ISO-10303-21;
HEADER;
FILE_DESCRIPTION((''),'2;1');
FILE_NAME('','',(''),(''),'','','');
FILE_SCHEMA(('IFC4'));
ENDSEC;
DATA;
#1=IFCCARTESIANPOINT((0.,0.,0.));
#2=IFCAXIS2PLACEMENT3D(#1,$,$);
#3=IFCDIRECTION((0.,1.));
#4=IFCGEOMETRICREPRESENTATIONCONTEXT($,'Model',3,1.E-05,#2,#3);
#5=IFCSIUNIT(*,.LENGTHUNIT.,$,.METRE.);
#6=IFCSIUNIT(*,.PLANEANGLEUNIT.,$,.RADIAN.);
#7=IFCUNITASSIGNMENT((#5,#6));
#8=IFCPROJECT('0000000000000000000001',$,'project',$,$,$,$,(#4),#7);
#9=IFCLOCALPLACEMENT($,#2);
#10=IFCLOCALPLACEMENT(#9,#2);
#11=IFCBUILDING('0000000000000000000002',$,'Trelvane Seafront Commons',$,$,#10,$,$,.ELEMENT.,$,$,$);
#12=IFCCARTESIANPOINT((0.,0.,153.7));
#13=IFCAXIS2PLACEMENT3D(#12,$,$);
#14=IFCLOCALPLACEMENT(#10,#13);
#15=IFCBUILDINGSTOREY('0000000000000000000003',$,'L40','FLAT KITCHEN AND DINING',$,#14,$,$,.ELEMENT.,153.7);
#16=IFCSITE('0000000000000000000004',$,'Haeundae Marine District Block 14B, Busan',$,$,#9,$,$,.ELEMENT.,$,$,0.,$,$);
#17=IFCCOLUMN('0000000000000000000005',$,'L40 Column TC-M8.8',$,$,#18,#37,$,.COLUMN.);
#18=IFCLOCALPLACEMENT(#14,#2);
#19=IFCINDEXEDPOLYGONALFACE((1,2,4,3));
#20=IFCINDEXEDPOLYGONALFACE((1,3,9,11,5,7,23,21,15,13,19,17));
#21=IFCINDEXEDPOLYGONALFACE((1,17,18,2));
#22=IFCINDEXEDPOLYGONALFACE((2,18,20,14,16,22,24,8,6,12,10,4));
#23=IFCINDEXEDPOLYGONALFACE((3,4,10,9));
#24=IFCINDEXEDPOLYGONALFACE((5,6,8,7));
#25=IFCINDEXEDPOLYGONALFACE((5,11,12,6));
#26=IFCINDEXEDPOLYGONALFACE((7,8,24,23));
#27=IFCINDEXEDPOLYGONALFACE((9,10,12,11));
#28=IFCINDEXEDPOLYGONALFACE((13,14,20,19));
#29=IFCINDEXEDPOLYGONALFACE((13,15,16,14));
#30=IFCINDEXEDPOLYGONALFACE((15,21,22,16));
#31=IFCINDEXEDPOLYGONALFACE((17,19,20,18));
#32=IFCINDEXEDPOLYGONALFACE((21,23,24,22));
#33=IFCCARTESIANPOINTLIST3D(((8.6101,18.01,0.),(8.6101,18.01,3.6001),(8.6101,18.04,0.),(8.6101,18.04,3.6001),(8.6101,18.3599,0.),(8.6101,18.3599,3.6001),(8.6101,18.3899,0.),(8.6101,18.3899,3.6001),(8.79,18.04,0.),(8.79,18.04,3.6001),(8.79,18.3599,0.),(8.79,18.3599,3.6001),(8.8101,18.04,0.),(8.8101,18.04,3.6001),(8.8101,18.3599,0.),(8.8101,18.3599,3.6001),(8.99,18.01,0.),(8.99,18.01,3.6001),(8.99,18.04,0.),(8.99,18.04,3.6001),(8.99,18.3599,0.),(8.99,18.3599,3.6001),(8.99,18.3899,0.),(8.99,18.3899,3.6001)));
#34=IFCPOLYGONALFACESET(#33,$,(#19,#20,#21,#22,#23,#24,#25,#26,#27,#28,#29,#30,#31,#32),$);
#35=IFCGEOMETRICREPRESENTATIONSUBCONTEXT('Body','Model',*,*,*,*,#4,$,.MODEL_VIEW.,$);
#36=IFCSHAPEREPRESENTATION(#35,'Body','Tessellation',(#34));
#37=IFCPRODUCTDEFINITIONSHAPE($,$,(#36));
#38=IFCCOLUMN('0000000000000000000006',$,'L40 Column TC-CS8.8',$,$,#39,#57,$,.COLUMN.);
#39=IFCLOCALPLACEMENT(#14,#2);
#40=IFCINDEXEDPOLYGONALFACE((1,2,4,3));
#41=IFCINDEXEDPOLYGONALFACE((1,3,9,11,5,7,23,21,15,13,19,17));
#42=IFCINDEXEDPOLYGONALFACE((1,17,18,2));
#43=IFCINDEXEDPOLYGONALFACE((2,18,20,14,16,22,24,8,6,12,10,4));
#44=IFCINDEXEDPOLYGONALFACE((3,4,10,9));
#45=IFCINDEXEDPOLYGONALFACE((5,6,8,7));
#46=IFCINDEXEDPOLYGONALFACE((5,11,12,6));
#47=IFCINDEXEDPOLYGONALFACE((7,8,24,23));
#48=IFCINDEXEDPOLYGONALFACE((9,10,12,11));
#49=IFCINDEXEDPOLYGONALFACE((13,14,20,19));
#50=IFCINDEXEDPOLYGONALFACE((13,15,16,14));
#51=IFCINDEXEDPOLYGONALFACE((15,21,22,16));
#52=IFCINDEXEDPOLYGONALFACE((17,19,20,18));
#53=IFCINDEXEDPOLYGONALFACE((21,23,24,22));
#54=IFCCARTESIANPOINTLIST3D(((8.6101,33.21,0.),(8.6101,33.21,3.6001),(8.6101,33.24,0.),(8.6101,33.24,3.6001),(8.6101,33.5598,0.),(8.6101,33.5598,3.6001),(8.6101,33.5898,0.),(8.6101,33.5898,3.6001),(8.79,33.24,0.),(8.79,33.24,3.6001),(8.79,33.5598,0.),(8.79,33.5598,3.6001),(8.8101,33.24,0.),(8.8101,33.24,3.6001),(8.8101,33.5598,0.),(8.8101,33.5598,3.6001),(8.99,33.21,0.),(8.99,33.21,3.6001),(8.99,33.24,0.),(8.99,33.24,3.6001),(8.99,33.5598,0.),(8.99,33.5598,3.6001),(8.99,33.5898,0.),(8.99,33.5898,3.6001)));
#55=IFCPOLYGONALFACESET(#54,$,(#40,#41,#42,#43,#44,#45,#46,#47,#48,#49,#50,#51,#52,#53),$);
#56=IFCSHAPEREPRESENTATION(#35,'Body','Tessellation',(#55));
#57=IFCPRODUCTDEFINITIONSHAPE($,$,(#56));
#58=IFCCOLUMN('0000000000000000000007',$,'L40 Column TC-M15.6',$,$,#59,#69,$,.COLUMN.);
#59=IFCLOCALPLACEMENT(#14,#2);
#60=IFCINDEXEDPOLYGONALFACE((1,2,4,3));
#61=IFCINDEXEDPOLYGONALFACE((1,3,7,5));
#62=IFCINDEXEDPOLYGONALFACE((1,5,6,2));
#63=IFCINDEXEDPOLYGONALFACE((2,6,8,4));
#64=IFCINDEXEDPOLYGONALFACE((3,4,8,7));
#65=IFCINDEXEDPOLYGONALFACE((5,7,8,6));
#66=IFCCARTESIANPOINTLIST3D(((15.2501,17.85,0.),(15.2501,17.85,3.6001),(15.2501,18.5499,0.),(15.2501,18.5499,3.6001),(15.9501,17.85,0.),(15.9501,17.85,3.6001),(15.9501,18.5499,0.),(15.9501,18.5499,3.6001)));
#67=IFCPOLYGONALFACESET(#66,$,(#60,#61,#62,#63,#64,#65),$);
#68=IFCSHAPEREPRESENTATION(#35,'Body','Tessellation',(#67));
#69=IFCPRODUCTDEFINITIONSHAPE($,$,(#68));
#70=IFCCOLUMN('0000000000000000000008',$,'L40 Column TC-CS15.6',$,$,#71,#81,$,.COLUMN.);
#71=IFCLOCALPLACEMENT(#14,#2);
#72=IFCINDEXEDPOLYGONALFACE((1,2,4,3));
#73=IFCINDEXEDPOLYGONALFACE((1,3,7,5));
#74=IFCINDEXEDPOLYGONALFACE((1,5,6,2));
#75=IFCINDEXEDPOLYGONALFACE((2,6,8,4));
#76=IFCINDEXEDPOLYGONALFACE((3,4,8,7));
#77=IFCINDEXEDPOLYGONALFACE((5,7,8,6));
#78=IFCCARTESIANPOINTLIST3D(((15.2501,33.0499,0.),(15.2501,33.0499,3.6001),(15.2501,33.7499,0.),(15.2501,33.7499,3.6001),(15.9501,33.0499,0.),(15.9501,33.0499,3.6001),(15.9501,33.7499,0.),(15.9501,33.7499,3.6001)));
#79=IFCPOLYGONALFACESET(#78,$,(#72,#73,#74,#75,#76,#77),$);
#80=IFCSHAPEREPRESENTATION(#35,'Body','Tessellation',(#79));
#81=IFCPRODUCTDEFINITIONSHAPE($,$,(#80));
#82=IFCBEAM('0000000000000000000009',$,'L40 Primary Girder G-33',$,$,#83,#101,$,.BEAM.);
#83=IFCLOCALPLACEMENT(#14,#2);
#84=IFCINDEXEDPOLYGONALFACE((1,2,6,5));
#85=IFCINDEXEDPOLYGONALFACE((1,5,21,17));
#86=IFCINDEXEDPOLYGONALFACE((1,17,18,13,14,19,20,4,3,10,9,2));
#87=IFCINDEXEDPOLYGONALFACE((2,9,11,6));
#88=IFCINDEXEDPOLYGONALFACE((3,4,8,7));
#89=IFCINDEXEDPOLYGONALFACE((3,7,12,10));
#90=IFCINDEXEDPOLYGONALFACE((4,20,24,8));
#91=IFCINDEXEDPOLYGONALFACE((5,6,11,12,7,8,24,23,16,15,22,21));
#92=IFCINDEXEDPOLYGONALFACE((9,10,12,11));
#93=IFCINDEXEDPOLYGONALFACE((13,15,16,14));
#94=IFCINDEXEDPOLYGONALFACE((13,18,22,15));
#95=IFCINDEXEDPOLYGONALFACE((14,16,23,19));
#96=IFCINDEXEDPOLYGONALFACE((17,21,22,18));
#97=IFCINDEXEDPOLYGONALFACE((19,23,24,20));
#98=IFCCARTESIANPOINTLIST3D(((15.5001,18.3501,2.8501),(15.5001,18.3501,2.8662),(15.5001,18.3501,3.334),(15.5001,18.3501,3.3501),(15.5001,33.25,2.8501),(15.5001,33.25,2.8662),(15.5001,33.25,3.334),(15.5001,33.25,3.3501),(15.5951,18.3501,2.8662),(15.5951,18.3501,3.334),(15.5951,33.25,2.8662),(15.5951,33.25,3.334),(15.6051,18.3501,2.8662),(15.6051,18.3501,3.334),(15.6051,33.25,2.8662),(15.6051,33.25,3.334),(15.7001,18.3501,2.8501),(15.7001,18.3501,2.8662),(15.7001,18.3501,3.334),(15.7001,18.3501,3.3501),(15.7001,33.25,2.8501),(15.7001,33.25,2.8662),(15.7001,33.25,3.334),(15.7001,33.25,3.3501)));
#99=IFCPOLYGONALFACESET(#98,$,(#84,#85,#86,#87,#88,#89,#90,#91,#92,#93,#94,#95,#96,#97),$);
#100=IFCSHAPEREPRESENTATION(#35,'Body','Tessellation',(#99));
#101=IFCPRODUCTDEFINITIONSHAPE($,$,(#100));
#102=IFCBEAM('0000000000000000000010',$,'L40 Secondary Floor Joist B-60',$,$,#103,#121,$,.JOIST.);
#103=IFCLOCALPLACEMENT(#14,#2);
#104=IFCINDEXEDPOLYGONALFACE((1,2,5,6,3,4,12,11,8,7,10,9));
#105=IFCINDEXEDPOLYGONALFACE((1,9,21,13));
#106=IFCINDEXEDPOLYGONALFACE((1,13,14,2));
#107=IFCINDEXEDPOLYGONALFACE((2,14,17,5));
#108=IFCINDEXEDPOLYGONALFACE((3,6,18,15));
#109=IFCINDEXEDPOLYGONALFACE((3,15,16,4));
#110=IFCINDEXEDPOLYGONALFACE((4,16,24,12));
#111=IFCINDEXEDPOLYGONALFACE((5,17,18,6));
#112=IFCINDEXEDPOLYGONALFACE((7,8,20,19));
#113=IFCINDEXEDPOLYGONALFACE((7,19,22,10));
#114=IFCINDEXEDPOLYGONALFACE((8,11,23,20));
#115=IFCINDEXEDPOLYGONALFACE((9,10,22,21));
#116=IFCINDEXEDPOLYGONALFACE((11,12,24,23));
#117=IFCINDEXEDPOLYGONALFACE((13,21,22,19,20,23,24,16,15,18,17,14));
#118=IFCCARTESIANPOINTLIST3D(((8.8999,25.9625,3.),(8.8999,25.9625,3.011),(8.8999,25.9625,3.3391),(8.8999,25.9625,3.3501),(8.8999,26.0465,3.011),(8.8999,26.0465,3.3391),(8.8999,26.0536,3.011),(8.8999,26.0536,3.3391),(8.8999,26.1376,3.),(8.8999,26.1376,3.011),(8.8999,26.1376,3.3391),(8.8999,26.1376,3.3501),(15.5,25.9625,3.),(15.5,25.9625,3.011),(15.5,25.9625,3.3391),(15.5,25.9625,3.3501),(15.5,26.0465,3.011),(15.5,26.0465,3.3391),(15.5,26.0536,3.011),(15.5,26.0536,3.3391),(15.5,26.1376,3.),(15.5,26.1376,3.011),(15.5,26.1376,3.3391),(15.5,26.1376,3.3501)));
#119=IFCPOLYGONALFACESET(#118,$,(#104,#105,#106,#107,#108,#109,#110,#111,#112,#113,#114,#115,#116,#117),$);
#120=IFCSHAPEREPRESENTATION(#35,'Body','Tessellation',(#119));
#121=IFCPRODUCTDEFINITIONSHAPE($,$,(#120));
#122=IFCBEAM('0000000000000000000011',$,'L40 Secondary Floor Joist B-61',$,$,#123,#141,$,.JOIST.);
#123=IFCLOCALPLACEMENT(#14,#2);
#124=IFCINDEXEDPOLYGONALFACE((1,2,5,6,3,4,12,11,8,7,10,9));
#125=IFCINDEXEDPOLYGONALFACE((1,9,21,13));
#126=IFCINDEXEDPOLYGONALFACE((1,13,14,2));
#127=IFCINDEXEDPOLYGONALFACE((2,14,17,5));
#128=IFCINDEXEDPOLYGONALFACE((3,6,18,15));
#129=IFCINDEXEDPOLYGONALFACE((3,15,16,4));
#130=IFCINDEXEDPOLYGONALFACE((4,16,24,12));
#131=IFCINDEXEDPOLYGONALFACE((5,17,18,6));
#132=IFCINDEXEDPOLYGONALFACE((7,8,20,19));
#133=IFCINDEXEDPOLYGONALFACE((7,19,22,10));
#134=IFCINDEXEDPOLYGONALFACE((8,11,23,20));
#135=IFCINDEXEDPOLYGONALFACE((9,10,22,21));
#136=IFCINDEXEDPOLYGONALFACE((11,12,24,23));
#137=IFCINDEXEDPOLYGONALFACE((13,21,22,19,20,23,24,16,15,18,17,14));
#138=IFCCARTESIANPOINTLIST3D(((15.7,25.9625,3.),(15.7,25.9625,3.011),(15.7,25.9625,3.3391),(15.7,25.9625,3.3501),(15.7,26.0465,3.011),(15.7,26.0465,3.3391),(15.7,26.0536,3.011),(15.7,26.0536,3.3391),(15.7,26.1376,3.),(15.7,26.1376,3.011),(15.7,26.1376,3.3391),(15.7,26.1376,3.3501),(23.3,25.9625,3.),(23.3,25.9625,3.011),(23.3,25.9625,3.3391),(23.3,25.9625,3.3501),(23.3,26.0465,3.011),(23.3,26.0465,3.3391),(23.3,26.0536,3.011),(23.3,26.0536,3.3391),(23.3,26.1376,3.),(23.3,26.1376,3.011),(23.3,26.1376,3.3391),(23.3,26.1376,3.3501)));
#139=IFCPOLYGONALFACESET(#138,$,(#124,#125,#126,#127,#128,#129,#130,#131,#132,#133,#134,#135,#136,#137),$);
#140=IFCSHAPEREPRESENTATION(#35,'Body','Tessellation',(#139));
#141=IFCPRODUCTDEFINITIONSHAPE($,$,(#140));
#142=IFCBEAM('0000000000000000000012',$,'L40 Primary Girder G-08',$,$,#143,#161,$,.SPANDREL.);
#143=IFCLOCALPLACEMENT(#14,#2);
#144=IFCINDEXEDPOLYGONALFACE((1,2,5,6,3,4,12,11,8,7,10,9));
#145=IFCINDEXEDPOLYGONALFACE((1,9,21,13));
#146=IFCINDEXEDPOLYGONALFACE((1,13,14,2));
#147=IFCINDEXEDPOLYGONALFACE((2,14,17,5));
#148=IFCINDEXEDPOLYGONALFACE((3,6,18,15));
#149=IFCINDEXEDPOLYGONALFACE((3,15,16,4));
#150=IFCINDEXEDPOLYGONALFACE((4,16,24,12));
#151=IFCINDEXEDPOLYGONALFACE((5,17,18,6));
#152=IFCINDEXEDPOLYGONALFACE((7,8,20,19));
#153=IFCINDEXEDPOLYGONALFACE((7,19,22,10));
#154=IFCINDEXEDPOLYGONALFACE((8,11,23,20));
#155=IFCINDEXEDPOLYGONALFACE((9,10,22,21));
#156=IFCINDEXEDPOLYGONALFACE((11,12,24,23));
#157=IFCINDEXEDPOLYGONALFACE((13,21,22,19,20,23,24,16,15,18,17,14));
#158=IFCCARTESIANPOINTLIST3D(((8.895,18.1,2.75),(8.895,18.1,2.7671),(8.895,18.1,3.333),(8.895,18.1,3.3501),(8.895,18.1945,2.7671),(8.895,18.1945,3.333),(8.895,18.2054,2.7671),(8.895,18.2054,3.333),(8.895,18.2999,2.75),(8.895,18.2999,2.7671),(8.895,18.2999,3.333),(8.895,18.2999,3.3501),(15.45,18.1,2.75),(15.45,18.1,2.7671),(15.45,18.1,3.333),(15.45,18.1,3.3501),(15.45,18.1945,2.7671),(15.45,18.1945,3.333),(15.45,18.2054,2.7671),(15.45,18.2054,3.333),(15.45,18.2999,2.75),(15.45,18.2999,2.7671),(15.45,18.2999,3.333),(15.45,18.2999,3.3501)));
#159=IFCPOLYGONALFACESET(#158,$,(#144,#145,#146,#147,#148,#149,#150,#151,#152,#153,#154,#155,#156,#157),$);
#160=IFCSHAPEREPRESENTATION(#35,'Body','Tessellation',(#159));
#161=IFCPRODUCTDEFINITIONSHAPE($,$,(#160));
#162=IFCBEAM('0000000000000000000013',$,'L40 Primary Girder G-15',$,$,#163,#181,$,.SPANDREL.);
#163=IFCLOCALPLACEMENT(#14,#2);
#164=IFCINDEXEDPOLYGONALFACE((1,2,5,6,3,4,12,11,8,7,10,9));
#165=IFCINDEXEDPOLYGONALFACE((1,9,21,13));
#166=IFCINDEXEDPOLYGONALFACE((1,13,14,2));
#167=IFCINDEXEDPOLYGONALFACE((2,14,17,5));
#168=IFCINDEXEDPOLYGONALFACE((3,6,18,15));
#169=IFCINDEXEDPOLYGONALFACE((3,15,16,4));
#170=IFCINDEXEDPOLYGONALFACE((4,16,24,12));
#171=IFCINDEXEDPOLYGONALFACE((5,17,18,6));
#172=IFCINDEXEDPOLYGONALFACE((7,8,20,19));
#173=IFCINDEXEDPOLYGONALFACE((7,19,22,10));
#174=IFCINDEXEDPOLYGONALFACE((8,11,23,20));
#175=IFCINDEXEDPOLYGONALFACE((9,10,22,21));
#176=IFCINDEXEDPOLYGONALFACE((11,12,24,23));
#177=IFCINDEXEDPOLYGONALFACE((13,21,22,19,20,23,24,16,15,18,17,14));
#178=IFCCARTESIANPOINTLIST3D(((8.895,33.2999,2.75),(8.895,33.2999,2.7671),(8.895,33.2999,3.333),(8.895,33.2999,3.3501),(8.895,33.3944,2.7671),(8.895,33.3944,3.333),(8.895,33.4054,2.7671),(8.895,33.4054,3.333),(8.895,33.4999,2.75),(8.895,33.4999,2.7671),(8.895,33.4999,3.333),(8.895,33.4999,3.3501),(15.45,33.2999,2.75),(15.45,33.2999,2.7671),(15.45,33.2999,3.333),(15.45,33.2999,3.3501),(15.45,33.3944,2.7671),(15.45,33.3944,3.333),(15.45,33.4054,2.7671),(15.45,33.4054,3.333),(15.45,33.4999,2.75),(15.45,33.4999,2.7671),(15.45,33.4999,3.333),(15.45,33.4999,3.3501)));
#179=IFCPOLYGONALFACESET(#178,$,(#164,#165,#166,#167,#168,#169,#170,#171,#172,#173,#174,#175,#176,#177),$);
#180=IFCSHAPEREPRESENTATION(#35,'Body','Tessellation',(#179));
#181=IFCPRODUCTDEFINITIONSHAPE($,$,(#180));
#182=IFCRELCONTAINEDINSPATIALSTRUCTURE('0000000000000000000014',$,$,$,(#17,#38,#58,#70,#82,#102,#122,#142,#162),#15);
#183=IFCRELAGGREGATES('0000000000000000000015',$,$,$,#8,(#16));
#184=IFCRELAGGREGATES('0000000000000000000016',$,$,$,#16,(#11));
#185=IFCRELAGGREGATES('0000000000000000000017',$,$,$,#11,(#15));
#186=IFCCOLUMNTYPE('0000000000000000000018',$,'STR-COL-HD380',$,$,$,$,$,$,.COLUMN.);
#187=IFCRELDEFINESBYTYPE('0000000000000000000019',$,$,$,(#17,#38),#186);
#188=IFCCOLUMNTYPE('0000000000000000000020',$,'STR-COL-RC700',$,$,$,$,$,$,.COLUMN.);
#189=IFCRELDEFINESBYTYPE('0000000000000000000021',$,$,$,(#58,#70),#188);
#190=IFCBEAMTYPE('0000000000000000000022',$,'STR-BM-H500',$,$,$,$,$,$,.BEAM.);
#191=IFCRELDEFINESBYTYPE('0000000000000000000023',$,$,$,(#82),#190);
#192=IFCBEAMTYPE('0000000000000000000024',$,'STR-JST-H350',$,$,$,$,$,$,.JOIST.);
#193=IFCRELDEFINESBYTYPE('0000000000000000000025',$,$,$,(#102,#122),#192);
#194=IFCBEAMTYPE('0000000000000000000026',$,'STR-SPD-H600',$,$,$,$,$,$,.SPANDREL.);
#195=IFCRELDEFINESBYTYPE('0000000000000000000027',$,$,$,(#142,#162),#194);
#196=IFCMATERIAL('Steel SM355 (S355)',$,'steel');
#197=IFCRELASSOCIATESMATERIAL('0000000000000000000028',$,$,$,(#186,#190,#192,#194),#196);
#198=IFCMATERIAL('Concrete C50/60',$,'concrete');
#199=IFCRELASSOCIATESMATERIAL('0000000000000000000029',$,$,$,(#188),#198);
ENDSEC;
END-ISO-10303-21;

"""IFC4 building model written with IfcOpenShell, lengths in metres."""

from ifc_helpers import new_model, si_unit, direction, frame, origin, origin_2d, place, context, subcontext, project, spatial, rectangle, i_section, extrude, source, transform, mapped, material, material_profile, profile_set, type_object, element, save


model = new_model("IFC4")

# Units and contexts
model_context = context("Model", 3, precision=1e-05, world=origin(), true_north=direction((0.0, 1.0)))
body_context = subcontext(model_context, "Body", "Model", "MODEL_VIEW")
ifc_project = project(units=[si_unit("LENGTHUNIT", "METRE"), si_unit("PLANEANGLEUNIT", "RADIAN")], contexts=[model_context])

# Site, building, storey
site_placement = place(None, origin())
site = spatial("IfcSite", under=ifc_project, at=site_placement, Name="Haeundae Marine District Block 14B, Busan", CompositionType="ELEMENT", RefElevation=0.0)
building_placement = place(site_placement, origin())
building = spatial("IfcBuilding", under=site, at=building_placement, Name="Trelvane Seafront Commons", CompositionType="ELEMENT")
storey_placement = place(building_placement, frame((0.0, 0.0, 153.7)))
storey = spatial("IfcBuildingStorey", under=building, at=storey_placement, Name="L40", Description="FLAT KITCHEN AND DINING", CompositionType="ELEMENT", Elevation=153.7)

# Columns
ifc_material_1 = material(Name="Steel SM355 (S355)", Category="steel")
ifc_material_profile_1 = material_profile(ifc_material_1, i_section(OverallWidth=0.3799, OverallDepth=0.3799, WebThickness=0.02, FlangeThickness=0.03, at=origin_2d()), Name="HD-380x380x20x30")
ifc_profile_set_1 = profile_set([ifc_material_profile_1], Name="Steel SM355 (S355)")
column_type_1 = type_object("IfcColumnType", Name="STR-COL-HD380", PredefinedType="COLUMN", material=ifc_profile_set_1)
shared_shape_1 = source(origin(), body_context, "Body", "SweptSolid", [
    extrude(i_section(OverallWidth=0.3799, OverallDepth=0.3799, WebThickness=0.02, FlangeThickness=0.03, at=origin_2d()), origin(), (0.0, 0.0, 1.0), 3.6001),
])
for number, where, z_axis, x_axis, name in (
    (1, (8.8, 18.2, 0.0), (0.0, 0.0, 1.0), (1.0, 0.0, 0.0), "L40 Column TC-M8.8"),
    (2, (8.8, 33.3999, 0.0), (0.0, 0.0, 1.0), (1.0, 0.0, 0.0), "L40 Column TC-CS8.8"),
):
    element("IfcColumn", number, at=place(storey_placement, frame(where, z_axis=z_axis, x_axis=x_axis)), inside=storey, type_object=column_type_1, Name=name, PredefinedType="COLUMN", context=body_context, shape_type="MappedRepresentation", body=[
        mapped(shared_shape_1, transform((0.0, 0.0, 0.0), x_axis=(1.0, 0.0, 0.0), y_axis=(0.0, 1.0, 0.0), z_axis=(0.0, 0.0, 1.0), scale=1.0)),
    ])
ifc_material_2 = material(Name="Concrete C50/60", Category="concrete")
ifc_material_profile_2 = material_profile(ifc_material_2, rectangle(XDim=0.7, YDim=0.7, at=origin_2d()), Name="RC-700x700")
ifc_profile_set_2 = profile_set([ifc_material_profile_2], Name="Concrete C50/60")
column_type_2 = type_object("IfcColumnType", Name="STR-COL-RC700", PredefinedType="COLUMN", material=ifc_profile_set_2)
shared_shape_2 = source(origin(), body_context, "Body", "SweptSolid", [
    extrude(rectangle(XDim=0.7, YDim=0.7, at=origin_2d()), origin(), (0.0, 0.0, 1.0), 3.6001),
])
for number, where, z_axis, x_axis, name in (
    (3, (15.6001, 18.2, 0.0), (0.0, 0.0, 1.0), (1.0, 0.0, 0.0), "L40 Column TC-M15.6"),
    (4, (15.6001, 33.3999, 0.0), (0.0, 0.0, 1.0), (1.0, 0.0, 0.0), "L40 Column TC-CS15.6"),
):
    element("IfcColumn", number, at=place(storey_placement, frame(where, z_axis=z_axis, x_axis=x_axis)), inside=storey, type_object=column_type_2, Name=name, PredefinedType="COLUMN", context=body_context, shape_type="MappedRepresentation", body=[
        mapped(shared_shape_2, transform((0.0, 0.0, 0.0), x_axis=(1.0, 0.0, 0.0), y_axis=(0.0, 1.0, 0.0), z_axis=(0.0, 0.0, 1.0), scale=1.0)),
    ])

# Beams
ifc_material_profile_3 = material_profile(ifc_material_1, i_section(OverallWidth=0.2, OverallDepth=0.5, WebThickness=0.01, FlangeThickness=0.0161, at=origin_2d()), Name="H-500x200x10x16")
ifc_profile_set_3 = profile_set([ifc_material_profile_3], Name="Steel SM355 (S355)")
beam_type_1 = type_object("IfcBeamType", Name="STR-BM-H500", PredefinedType="BEAM", material=ifc_profile_set_3)
shared_shape_3 = source(origin(), body_context, "Body", "SweptSolid", [
    extrude(i_section(OverallWidth=0.2, OverallDepth=0.5, WebThickness=0.01, FlangeThickness=0.0161, at=origin_2d()), origin(), (0.0, 0.0, 1.0), 14.8999),
])
beam_1_placement = place(storey_placement, frame((15.6001, 18.3501, 3.1001), z_axis=(0.0, 1.0, 0.0), x_axis=(-1.0, 0.0, 0.0)))
element("IfcBeam", 5, at=beam_1_placement, inside=storey, type_object=beam_type_1, Name="L40 Primary Girder G-33", PredefinedType="BEAM", context=body_context, shape_type="MappedRepresentation", body=[
    mapped(shared_shape_3, transform((0.0, 0.0, 0.0), x_axis=(1.0, 0.0, 0.0), y_axis=(0.0, 1.0, 0.0), z_axis=(0.0, 0.0, 1.0), scale=1.0)),
])
ifc_material_profile_4 = material_profile(ifc_material_1, i_section(OverallWidth=0.175, OverallDepth=0.3501, WebThickness=0.0071, FlangeThickness=0.011, at=origin_2d()), Name="H-350x175x7x11")
ifc_profile_set_4 = profile_set([ifc_material_profile_4], Name="Steel SM355 (S355)")
beam_type_2 = type_object("IfcBeamType", Name="STR-JST-H350", PredefinedType="JOIST", material=ifc_profile_set_4)
shared_shape_4 = source(origin(), body_context, "Body", "SweptSolid", [
    extrude(i_section(OverallWidth=0.175, OverallDepth=0.3501, WebThickness=0.0071, FlangeThickness=0.011, at=origin_2d()), origin(), (0.0, 0.0, 1.0), 6.6001),
])
beam_2_placement = place(storey_placement, frame((8.8999, 26.05, 3.175), z_axis=(1.0, 0.0, 0.0), x_axis=(0.0, 1.0, 0.0)))
element("IfcBeam", 6, at=beam_2_placement, inside=storey, type_object=beam_type_2, Name="L40 Secondary Floor Joist B-60", PredefinedType="JOIST", context=body_context, shape_type="MappedRepresentation", body=[
    mapped(shared_shape_4, transform((0.0, 0.0, 0.0), x_axis=(1.0, 0.0, 0.0), y_axis=(0.0, 1.0, 0.0), z_axis=(0.0, 0.0, 1.0), scale=1.0)),
])
shared_shape_5 = source(origin(), body_context, "Body", "SweptSolid", [
    extrude(i_section(OverallWidth=0.175, OverallDepth=0.3501, WebThickness=0.0071, FlangeThickness=0.011, at=origin_2d()), origin(), (0.0, 0.0, 1.0), 7.6001),
])
beam_3_placement = place(storey_placement, frame((15.7, 26.05, 3.175), z_axis=(1.0, 0.0, 0.0), x_axis=(0.0, 1.0, 0.0)))
element("IfcBeam", 7, at=beam_3_placement, inside=storey, type_object=beam_type_2, Name="L40 Secondary Floor Joist B-61", PredefinedType="JOIST", context=body_context, shape_type="MappedRepresentation", body=[
    mapped(shared_shape_5, transform((0.0, 0.0, 0.0), x_axis=(1.0, 0.0, 0.0), y_axis=(0.0, 1.0, 0.0), z_axis=(0.0, 0.0, 1.0), scale=1.0)),
])
ifc_material_profile_5 = material_profile(ifc_material_1, i_section(OverallWidth=0.2, OverallDepth=0.6001, WebThickness=0.011, FlangeThickness=0.0171, at=origin_2d()), Name="H-600x200x11x17")
ifc_profile_set_5 = profile_set([ifc_material_profile_5], Name="Steel SM355 (S355)")
beam_type_3 = type_object("IfcBeamType", Name="STR-SPD-H600", PredefinedType="SPANDREL", material=ifc_profile_set_5)
shared_shape_6 = source(origin(), body_context, "Body", "SweptSolid", [
    extrude(i_section(OverallWidth=0.2, OverallDepth=0.6001, WebThickness=0.011, FlangeThickness=0.0171, at=origin_2d()), origin(), (0.0, 0.0, 1.0), 6.5549),
])
for number, where, z_axis, x_axis, name in (
    (8, (8.895, 18.2, 3.05), (1.0, 0.0, 0.0), (0.0, 1.0, 0.0), "L40 Primary Girder G-08"),
    (9, (8.895, 33.3999, 3.05), (1.0, 0.0, 0.0), (0.0, 1.0, 0.0), "L40 Primary Girder G-15"),
):
    element("IfcBeam", number, at=place(storey_placement, frame(where, z_axis=z_axis, x_axis=x_axis)), inside=storey, type_object=beam_type_3, Name=name, PredefinedType="SPANDREL", context=body_context, shape_type="MappedRepresentation", body=[
        mapped(shared_shape_6, transform((0.0, 0.0, 0.0), x_axis=(1.0, 0.0, 0.0), y_axis=(0.0, 1.0, 0.0), z_axis=(0.0, 0.0, 1.0), scale=1.0)),
    ])

save(model, "model.ifc")
